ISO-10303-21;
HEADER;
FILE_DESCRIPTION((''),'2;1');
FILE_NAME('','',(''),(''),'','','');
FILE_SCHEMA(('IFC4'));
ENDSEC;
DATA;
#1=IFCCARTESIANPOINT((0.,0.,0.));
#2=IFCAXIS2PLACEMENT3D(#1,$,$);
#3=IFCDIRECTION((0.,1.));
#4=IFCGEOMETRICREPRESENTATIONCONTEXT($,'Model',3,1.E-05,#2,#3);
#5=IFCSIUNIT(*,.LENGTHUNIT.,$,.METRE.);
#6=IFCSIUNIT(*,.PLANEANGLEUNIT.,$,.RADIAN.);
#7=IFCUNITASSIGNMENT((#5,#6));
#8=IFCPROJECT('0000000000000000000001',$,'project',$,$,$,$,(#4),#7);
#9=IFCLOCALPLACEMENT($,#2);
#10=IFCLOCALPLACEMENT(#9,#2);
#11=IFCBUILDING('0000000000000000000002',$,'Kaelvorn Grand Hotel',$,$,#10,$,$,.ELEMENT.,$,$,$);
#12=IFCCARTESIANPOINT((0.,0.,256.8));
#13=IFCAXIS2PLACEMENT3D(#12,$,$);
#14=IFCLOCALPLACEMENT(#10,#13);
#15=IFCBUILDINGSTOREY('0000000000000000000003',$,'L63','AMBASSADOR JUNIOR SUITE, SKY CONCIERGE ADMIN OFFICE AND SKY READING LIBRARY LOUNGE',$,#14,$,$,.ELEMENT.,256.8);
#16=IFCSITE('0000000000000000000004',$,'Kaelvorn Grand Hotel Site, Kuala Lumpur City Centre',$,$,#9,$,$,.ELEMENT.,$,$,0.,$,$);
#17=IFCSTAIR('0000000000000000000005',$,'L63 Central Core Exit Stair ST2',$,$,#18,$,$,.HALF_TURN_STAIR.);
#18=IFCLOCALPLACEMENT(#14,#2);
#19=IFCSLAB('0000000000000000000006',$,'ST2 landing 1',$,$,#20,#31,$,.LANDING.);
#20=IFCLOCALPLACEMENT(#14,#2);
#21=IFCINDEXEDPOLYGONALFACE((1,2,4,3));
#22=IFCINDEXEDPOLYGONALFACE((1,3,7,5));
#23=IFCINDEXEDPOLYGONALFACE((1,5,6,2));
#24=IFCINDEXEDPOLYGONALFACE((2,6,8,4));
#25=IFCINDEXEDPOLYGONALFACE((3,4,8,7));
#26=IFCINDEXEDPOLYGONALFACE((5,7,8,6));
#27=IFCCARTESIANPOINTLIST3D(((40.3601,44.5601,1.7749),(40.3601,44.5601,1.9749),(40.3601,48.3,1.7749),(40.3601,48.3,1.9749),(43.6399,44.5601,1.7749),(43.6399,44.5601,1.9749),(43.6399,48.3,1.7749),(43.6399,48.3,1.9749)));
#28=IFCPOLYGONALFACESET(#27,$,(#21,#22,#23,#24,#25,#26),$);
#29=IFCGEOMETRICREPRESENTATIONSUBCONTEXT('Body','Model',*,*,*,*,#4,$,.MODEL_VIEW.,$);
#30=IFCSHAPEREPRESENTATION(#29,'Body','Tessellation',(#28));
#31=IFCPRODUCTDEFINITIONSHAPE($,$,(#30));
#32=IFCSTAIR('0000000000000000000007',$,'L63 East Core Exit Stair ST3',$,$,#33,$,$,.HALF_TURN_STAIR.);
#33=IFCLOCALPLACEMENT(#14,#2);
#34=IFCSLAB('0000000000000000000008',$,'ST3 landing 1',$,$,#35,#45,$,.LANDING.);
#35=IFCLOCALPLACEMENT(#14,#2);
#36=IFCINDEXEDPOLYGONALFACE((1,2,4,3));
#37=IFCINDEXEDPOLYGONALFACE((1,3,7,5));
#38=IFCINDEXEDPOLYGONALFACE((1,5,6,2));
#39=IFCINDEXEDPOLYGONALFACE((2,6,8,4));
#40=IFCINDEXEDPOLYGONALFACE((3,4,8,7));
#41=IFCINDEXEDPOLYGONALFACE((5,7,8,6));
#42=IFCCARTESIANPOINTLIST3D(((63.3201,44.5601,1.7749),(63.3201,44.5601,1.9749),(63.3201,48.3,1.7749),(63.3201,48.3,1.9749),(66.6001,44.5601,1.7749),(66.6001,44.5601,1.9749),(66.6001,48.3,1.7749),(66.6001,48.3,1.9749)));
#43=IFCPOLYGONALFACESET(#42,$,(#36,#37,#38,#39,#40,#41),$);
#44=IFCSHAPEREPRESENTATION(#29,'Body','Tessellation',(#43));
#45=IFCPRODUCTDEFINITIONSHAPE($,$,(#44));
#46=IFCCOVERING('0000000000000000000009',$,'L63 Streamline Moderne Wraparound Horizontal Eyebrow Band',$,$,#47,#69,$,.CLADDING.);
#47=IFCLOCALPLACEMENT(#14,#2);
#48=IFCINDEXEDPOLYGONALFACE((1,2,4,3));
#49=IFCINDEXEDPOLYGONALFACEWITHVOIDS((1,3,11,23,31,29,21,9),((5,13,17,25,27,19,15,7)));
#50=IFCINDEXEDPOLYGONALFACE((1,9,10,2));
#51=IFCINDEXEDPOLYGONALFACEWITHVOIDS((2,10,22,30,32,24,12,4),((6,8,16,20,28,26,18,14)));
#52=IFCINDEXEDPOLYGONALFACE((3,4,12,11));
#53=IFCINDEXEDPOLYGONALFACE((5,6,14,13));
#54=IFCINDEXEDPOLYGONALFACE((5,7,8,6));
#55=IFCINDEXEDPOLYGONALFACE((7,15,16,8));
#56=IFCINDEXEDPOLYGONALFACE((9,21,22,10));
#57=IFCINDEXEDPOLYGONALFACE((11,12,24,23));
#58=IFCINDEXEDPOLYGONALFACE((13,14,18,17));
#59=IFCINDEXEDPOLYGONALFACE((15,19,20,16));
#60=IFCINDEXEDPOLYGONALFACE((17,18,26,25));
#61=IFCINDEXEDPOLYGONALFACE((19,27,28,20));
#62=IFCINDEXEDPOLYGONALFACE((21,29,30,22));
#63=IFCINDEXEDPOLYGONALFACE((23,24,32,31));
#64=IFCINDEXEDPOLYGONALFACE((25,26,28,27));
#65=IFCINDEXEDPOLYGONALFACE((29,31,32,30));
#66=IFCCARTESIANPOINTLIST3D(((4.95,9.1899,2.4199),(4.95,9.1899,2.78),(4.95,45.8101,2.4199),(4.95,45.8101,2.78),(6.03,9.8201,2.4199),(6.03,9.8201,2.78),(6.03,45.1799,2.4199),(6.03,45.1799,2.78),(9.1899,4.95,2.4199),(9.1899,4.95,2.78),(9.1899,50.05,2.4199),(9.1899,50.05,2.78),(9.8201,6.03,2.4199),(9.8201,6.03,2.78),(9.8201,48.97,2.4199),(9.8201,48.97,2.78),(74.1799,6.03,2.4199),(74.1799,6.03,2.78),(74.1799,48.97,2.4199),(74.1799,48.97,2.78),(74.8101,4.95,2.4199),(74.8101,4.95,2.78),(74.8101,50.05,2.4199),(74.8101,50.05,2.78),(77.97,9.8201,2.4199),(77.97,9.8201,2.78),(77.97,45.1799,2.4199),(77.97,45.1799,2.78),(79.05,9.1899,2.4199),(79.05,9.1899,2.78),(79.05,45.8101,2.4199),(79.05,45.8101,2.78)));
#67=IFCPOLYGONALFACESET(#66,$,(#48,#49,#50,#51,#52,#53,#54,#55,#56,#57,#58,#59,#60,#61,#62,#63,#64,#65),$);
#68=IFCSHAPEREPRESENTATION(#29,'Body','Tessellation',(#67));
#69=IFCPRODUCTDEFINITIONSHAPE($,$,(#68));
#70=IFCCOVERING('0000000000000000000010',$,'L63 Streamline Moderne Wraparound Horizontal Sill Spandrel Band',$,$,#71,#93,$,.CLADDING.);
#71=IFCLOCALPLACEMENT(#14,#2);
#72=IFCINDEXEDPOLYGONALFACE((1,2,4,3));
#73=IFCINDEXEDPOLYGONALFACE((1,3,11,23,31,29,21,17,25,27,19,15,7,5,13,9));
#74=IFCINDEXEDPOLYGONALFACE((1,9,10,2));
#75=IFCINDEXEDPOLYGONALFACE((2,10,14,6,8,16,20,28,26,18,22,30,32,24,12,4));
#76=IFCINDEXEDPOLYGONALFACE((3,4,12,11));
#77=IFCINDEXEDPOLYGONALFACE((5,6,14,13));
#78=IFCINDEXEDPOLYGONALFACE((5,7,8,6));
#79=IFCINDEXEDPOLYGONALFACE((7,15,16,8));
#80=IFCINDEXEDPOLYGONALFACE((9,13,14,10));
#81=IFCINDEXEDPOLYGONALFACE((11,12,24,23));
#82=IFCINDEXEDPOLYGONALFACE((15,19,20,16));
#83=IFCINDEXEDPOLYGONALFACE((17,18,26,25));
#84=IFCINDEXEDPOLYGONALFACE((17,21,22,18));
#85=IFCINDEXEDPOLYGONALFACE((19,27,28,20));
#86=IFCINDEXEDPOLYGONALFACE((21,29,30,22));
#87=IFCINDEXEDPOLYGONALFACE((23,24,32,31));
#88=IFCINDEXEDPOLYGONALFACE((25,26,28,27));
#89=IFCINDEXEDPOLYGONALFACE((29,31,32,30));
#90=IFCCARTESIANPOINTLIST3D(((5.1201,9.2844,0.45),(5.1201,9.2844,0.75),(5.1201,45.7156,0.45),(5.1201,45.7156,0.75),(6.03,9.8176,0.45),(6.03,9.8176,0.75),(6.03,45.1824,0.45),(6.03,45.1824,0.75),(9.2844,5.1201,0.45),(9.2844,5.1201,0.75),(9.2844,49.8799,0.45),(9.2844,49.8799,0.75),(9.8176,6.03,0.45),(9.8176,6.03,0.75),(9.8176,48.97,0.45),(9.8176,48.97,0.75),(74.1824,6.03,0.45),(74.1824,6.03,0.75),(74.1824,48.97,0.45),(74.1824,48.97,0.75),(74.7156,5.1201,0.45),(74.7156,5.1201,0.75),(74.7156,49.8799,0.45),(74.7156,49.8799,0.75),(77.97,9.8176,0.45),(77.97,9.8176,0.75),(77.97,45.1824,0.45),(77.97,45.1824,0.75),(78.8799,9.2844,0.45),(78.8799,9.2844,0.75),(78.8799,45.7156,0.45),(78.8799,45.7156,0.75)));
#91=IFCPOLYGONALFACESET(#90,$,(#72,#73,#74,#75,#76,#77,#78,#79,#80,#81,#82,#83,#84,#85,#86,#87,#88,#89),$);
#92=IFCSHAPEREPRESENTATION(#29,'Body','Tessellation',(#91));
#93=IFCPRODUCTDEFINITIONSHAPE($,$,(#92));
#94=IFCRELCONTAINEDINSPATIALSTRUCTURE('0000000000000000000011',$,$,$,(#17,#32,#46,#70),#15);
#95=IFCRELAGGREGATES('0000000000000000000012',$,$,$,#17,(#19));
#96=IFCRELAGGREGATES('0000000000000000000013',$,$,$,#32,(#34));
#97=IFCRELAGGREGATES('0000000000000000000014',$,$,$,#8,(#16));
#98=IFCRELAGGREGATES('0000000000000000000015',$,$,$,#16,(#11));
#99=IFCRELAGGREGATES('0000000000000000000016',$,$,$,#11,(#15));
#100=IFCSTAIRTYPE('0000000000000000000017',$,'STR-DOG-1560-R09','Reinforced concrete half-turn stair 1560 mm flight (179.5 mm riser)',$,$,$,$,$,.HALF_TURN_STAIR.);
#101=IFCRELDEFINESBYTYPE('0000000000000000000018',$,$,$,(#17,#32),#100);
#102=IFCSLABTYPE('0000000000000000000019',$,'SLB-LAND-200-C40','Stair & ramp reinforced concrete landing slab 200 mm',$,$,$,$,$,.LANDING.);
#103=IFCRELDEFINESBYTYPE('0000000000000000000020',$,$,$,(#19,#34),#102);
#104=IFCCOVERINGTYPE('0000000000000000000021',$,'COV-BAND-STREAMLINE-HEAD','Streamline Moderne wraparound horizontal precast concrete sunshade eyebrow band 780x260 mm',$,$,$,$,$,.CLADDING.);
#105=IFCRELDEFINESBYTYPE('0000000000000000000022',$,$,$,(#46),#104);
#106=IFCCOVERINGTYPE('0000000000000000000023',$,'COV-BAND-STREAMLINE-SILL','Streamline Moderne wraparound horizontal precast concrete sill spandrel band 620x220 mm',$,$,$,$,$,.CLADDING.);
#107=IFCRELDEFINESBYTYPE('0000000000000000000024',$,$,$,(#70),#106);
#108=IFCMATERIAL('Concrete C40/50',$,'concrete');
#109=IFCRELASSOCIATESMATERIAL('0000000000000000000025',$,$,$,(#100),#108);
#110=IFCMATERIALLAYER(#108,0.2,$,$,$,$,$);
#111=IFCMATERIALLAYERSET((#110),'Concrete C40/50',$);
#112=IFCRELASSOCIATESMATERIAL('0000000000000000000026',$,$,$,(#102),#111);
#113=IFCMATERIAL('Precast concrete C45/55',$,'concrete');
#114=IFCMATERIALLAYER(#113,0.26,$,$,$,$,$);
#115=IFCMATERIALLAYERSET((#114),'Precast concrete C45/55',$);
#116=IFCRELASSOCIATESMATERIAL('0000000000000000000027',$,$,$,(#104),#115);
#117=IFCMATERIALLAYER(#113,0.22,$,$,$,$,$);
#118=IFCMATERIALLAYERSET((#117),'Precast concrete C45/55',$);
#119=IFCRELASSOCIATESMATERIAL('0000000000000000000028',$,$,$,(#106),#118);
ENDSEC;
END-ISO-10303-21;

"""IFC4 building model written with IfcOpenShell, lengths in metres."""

from ifc_helpers import new_model, si_unit, direction, frame, origin, place, context, subcontext, project, spatial, polyline, outline, extrude, material, layer, layer_set, type_object, element, aggregate, save


model = new_model("IFC4")

# Units and contexts
model_context = context("Model", 3, precision=1e-05, world=origin(), true_north=direction((0.0, 1.0)))
body_context = subcontext(model_context, "Body", "Model", "MODEL_VIEW")
ifc_project = project(units=[si_unit("LENGTHUNIT", "METRE"), si_unit("PLANEANGLEUNIT", "RADIAN")], contexts=[model_context])

# Site, building, storey
site_placement = place(None, origin())
site = spatial("IfcSite", under=ifc_project, at=site_placement, Name="Kaelvorn Grand Hotel Site, Kuala Lumpur City Centre", CompositionType="ELEMENT", RefElevation=0.0)
building_placement = place(site_placement, origin())
building = spatial("IfcBuilding", under=site, at=building_placement, Name="Kaelvorn Grand Hotel", CompositionType="ELEMENT")
storey_placement = place(building_placement, frame((0.0, 0.0, 256.8)))
storey = spatial("IfcBuildingStorey", under=building, at=storey_placement, Name="L63", Description="AMBASSADOR JUNIOR SUITE, SKY CONCIERGE ADMIN OFFICE AND SKY READING LIBRARY LOUNGE", CompositionType="ELEMENT", Elevation=256.8)

# Shared definitions
ifc_material_1 = material(Name="Precast concrete C45/55", Category="concrete")

# Shared definitions
ifc_material_2 = material(Name="Concrete C40/50", Category="concrete")

# Stairs, slabs
stair_type = type_object("IfcStairType", Name="STR-DOG-1560-R09", Description="Reinforced concrete half-turn stair 1560 mm flight (179.5 mm riser)", PredefinedType="HALF_TURN_STAIR", material=ifc_material_2)
ifc_layer_1 = layer(ifc_material_2, 0.2)
ifc_layer_set_1 = layer_set([ifc_layer_1], Name="Concrete C40/50")
slab_type_1 = type_object("IfcSlabType", Name="SLB-LAND-200-C40", Description="Stair & ramp reinforced concrete landing slab 200 mm", PredefinedType="LANDING", material=ifc_layer_set_1)
stair_1_placement = place(storey_placement, origin())
stair_1 = element("IfcStair", 1, at=stair_1_placement, inside=storey, type_object=stair_type, Name="L63 Central Core Exit Stair ST2", PredefinedType="HALF_TURN_STAIR")
slab_1_placement = place(storey_placement, frame((0.0, 0.0, 1.7749)))
slab_1 = element("IfcSlab", 2, at=slab_1_placement, type_object=slab_type_1, Name="ST2 landing 1", PredefinedType="LANDING", context=body_context, shape_type="SweptSolid", body=[
    extrude(outline(polyline([(43.6399, 44.5601), (43.6399, 48.3), (40.3601, 48.3), (40.3601, 44.5601), (43.6399, 44.5601)])), origin(), (0.0, 0.0, 1.0), 0.2),
])
aggregate(stair_1, [slab_1])
stair_2_placement = place(storey_placement, origin())
stair_2 = element("IfcStair", 3, at=stair_2_placement, inside=storey, type_object=stair_type, Name="L63 East Core Exit Stair ST3", PredefinedType="HALF_TURN_STAIR")
slab_2_placement = place(storey_placement, frame((0.0, 0.0, 1.7749)))
slab_2 = element("IfcSlab", 4, at=slab_2_placement, type_object=slab_type_1, Name="ST3 landing 1", PredefinedType="LANDING", context=body_context, shape_type="SweptSolid", body=[
    extrude(outline(polyline([(66.6001, 44.5601), (66.6001, 48.3), (63.3201, 48.3), (63.3201, 44.5601), (66.6001, 44.5601)])), origin(), (0.0, 0.0, 1.0), 0.2),
])
aggregate(stair_2, [slab_2])

# Coverings
ifc_layer_2 = layer(ifc_material_1, 0.26)
ifc_layer_set_2 = layer_set([ifc_layer_2], Name="Precast concrete C45/55")
covering_type_1 = type_object("IfcCoveringType", Name="COV-BAND-STREAMLINE-HEAD", Description="Streamline Moderne wraparound horizontal precast concrete sunshade eyebrow band 780x260 mm", PredefinedType="CLADDING", material=ifc_layer_set_2)
covering_1_placement = place(storey_placement, frame((0.0, 0.0, 2.4199)))
element("IfcCovering", 5, at=covering_1_placement, inside=storey, type_object=covering_type_1, Name="L63 Streamline Moderne Wraparound Horizontal Eyebrow Band", PredefinedType="CLADDING", context=body_context, shape_type="SweptSolid", body=[
    extrude(outline(polyline([(9.1899, 4.95), (74.8101, 4.95), (79.05, 9.1899), (79.05, 45.8101), (74.8101, 50.05), (9.1899, 50.05), (4.95, 45.8101), (4.95, 9.1899), (9.1899, 4.95)]), holes=[polyline([(9.8201, 6.03), (74.1799, 6.03), (77.97, 9.8201), (77.97, 45.1799), (74.1799, 48.97), (9.8201, 48.97), (6.03, 45.1799), (6.03, 9.8201), (9.8201, 6.03)])]), origin(), (0.0, 0.0, 1.0), 0.3601),
])
ifc_layer_3 = layer(ifc_material_1, 0.22)
ifc_layer_set_3 = layer_set([ifc_layer_3], Name="Precast concrete C45/55")
covering_type_2 = type_object("IfcCoveringType", Name="COV-BAND-STREAMLINE-SILL", Description="Streamline Moderne wraparound horizontal precast concrete sill spandrel band 620x220 mm", PredefinedType="CLADDING", material=ifc_layer_set_3)
covering_2_placement = place(storey_placement, frame((0.0, 0.0, 0.45)))
element("IfcCovering", 6, at=covering_2_placement, inside=storey, type_object=covering_type_2, Name="L63 Streamline Moderne Wraparound Horizontal Sill Spandrel Band", PredefinedType="CLADDING", context=body_context, shape_type="SweptSolid", body=[
    extrude(outline(polyline([(74.7156, 5.1201), (78.8799, 9.2844), (78.8799, 45.7156), (74.7156, 49.8799), (9.2844, 49.8799), (5.1201, 45.7156), (5.1201, 9.2844), (9.2844, 5.1201), (9.8176, 6.03), (6.03, 9.8176), (6.03, 45.1824), (9.8176, 48.97), (74.1824, 48.97), (77.97, 45.1824), (77.97, 9.8176), (74.1824, 6.03), (74.7156, 5.1201)])), origin(), (0.0, 0.0, 1.0), 0.3),
])

save(model, "model.ifc")
